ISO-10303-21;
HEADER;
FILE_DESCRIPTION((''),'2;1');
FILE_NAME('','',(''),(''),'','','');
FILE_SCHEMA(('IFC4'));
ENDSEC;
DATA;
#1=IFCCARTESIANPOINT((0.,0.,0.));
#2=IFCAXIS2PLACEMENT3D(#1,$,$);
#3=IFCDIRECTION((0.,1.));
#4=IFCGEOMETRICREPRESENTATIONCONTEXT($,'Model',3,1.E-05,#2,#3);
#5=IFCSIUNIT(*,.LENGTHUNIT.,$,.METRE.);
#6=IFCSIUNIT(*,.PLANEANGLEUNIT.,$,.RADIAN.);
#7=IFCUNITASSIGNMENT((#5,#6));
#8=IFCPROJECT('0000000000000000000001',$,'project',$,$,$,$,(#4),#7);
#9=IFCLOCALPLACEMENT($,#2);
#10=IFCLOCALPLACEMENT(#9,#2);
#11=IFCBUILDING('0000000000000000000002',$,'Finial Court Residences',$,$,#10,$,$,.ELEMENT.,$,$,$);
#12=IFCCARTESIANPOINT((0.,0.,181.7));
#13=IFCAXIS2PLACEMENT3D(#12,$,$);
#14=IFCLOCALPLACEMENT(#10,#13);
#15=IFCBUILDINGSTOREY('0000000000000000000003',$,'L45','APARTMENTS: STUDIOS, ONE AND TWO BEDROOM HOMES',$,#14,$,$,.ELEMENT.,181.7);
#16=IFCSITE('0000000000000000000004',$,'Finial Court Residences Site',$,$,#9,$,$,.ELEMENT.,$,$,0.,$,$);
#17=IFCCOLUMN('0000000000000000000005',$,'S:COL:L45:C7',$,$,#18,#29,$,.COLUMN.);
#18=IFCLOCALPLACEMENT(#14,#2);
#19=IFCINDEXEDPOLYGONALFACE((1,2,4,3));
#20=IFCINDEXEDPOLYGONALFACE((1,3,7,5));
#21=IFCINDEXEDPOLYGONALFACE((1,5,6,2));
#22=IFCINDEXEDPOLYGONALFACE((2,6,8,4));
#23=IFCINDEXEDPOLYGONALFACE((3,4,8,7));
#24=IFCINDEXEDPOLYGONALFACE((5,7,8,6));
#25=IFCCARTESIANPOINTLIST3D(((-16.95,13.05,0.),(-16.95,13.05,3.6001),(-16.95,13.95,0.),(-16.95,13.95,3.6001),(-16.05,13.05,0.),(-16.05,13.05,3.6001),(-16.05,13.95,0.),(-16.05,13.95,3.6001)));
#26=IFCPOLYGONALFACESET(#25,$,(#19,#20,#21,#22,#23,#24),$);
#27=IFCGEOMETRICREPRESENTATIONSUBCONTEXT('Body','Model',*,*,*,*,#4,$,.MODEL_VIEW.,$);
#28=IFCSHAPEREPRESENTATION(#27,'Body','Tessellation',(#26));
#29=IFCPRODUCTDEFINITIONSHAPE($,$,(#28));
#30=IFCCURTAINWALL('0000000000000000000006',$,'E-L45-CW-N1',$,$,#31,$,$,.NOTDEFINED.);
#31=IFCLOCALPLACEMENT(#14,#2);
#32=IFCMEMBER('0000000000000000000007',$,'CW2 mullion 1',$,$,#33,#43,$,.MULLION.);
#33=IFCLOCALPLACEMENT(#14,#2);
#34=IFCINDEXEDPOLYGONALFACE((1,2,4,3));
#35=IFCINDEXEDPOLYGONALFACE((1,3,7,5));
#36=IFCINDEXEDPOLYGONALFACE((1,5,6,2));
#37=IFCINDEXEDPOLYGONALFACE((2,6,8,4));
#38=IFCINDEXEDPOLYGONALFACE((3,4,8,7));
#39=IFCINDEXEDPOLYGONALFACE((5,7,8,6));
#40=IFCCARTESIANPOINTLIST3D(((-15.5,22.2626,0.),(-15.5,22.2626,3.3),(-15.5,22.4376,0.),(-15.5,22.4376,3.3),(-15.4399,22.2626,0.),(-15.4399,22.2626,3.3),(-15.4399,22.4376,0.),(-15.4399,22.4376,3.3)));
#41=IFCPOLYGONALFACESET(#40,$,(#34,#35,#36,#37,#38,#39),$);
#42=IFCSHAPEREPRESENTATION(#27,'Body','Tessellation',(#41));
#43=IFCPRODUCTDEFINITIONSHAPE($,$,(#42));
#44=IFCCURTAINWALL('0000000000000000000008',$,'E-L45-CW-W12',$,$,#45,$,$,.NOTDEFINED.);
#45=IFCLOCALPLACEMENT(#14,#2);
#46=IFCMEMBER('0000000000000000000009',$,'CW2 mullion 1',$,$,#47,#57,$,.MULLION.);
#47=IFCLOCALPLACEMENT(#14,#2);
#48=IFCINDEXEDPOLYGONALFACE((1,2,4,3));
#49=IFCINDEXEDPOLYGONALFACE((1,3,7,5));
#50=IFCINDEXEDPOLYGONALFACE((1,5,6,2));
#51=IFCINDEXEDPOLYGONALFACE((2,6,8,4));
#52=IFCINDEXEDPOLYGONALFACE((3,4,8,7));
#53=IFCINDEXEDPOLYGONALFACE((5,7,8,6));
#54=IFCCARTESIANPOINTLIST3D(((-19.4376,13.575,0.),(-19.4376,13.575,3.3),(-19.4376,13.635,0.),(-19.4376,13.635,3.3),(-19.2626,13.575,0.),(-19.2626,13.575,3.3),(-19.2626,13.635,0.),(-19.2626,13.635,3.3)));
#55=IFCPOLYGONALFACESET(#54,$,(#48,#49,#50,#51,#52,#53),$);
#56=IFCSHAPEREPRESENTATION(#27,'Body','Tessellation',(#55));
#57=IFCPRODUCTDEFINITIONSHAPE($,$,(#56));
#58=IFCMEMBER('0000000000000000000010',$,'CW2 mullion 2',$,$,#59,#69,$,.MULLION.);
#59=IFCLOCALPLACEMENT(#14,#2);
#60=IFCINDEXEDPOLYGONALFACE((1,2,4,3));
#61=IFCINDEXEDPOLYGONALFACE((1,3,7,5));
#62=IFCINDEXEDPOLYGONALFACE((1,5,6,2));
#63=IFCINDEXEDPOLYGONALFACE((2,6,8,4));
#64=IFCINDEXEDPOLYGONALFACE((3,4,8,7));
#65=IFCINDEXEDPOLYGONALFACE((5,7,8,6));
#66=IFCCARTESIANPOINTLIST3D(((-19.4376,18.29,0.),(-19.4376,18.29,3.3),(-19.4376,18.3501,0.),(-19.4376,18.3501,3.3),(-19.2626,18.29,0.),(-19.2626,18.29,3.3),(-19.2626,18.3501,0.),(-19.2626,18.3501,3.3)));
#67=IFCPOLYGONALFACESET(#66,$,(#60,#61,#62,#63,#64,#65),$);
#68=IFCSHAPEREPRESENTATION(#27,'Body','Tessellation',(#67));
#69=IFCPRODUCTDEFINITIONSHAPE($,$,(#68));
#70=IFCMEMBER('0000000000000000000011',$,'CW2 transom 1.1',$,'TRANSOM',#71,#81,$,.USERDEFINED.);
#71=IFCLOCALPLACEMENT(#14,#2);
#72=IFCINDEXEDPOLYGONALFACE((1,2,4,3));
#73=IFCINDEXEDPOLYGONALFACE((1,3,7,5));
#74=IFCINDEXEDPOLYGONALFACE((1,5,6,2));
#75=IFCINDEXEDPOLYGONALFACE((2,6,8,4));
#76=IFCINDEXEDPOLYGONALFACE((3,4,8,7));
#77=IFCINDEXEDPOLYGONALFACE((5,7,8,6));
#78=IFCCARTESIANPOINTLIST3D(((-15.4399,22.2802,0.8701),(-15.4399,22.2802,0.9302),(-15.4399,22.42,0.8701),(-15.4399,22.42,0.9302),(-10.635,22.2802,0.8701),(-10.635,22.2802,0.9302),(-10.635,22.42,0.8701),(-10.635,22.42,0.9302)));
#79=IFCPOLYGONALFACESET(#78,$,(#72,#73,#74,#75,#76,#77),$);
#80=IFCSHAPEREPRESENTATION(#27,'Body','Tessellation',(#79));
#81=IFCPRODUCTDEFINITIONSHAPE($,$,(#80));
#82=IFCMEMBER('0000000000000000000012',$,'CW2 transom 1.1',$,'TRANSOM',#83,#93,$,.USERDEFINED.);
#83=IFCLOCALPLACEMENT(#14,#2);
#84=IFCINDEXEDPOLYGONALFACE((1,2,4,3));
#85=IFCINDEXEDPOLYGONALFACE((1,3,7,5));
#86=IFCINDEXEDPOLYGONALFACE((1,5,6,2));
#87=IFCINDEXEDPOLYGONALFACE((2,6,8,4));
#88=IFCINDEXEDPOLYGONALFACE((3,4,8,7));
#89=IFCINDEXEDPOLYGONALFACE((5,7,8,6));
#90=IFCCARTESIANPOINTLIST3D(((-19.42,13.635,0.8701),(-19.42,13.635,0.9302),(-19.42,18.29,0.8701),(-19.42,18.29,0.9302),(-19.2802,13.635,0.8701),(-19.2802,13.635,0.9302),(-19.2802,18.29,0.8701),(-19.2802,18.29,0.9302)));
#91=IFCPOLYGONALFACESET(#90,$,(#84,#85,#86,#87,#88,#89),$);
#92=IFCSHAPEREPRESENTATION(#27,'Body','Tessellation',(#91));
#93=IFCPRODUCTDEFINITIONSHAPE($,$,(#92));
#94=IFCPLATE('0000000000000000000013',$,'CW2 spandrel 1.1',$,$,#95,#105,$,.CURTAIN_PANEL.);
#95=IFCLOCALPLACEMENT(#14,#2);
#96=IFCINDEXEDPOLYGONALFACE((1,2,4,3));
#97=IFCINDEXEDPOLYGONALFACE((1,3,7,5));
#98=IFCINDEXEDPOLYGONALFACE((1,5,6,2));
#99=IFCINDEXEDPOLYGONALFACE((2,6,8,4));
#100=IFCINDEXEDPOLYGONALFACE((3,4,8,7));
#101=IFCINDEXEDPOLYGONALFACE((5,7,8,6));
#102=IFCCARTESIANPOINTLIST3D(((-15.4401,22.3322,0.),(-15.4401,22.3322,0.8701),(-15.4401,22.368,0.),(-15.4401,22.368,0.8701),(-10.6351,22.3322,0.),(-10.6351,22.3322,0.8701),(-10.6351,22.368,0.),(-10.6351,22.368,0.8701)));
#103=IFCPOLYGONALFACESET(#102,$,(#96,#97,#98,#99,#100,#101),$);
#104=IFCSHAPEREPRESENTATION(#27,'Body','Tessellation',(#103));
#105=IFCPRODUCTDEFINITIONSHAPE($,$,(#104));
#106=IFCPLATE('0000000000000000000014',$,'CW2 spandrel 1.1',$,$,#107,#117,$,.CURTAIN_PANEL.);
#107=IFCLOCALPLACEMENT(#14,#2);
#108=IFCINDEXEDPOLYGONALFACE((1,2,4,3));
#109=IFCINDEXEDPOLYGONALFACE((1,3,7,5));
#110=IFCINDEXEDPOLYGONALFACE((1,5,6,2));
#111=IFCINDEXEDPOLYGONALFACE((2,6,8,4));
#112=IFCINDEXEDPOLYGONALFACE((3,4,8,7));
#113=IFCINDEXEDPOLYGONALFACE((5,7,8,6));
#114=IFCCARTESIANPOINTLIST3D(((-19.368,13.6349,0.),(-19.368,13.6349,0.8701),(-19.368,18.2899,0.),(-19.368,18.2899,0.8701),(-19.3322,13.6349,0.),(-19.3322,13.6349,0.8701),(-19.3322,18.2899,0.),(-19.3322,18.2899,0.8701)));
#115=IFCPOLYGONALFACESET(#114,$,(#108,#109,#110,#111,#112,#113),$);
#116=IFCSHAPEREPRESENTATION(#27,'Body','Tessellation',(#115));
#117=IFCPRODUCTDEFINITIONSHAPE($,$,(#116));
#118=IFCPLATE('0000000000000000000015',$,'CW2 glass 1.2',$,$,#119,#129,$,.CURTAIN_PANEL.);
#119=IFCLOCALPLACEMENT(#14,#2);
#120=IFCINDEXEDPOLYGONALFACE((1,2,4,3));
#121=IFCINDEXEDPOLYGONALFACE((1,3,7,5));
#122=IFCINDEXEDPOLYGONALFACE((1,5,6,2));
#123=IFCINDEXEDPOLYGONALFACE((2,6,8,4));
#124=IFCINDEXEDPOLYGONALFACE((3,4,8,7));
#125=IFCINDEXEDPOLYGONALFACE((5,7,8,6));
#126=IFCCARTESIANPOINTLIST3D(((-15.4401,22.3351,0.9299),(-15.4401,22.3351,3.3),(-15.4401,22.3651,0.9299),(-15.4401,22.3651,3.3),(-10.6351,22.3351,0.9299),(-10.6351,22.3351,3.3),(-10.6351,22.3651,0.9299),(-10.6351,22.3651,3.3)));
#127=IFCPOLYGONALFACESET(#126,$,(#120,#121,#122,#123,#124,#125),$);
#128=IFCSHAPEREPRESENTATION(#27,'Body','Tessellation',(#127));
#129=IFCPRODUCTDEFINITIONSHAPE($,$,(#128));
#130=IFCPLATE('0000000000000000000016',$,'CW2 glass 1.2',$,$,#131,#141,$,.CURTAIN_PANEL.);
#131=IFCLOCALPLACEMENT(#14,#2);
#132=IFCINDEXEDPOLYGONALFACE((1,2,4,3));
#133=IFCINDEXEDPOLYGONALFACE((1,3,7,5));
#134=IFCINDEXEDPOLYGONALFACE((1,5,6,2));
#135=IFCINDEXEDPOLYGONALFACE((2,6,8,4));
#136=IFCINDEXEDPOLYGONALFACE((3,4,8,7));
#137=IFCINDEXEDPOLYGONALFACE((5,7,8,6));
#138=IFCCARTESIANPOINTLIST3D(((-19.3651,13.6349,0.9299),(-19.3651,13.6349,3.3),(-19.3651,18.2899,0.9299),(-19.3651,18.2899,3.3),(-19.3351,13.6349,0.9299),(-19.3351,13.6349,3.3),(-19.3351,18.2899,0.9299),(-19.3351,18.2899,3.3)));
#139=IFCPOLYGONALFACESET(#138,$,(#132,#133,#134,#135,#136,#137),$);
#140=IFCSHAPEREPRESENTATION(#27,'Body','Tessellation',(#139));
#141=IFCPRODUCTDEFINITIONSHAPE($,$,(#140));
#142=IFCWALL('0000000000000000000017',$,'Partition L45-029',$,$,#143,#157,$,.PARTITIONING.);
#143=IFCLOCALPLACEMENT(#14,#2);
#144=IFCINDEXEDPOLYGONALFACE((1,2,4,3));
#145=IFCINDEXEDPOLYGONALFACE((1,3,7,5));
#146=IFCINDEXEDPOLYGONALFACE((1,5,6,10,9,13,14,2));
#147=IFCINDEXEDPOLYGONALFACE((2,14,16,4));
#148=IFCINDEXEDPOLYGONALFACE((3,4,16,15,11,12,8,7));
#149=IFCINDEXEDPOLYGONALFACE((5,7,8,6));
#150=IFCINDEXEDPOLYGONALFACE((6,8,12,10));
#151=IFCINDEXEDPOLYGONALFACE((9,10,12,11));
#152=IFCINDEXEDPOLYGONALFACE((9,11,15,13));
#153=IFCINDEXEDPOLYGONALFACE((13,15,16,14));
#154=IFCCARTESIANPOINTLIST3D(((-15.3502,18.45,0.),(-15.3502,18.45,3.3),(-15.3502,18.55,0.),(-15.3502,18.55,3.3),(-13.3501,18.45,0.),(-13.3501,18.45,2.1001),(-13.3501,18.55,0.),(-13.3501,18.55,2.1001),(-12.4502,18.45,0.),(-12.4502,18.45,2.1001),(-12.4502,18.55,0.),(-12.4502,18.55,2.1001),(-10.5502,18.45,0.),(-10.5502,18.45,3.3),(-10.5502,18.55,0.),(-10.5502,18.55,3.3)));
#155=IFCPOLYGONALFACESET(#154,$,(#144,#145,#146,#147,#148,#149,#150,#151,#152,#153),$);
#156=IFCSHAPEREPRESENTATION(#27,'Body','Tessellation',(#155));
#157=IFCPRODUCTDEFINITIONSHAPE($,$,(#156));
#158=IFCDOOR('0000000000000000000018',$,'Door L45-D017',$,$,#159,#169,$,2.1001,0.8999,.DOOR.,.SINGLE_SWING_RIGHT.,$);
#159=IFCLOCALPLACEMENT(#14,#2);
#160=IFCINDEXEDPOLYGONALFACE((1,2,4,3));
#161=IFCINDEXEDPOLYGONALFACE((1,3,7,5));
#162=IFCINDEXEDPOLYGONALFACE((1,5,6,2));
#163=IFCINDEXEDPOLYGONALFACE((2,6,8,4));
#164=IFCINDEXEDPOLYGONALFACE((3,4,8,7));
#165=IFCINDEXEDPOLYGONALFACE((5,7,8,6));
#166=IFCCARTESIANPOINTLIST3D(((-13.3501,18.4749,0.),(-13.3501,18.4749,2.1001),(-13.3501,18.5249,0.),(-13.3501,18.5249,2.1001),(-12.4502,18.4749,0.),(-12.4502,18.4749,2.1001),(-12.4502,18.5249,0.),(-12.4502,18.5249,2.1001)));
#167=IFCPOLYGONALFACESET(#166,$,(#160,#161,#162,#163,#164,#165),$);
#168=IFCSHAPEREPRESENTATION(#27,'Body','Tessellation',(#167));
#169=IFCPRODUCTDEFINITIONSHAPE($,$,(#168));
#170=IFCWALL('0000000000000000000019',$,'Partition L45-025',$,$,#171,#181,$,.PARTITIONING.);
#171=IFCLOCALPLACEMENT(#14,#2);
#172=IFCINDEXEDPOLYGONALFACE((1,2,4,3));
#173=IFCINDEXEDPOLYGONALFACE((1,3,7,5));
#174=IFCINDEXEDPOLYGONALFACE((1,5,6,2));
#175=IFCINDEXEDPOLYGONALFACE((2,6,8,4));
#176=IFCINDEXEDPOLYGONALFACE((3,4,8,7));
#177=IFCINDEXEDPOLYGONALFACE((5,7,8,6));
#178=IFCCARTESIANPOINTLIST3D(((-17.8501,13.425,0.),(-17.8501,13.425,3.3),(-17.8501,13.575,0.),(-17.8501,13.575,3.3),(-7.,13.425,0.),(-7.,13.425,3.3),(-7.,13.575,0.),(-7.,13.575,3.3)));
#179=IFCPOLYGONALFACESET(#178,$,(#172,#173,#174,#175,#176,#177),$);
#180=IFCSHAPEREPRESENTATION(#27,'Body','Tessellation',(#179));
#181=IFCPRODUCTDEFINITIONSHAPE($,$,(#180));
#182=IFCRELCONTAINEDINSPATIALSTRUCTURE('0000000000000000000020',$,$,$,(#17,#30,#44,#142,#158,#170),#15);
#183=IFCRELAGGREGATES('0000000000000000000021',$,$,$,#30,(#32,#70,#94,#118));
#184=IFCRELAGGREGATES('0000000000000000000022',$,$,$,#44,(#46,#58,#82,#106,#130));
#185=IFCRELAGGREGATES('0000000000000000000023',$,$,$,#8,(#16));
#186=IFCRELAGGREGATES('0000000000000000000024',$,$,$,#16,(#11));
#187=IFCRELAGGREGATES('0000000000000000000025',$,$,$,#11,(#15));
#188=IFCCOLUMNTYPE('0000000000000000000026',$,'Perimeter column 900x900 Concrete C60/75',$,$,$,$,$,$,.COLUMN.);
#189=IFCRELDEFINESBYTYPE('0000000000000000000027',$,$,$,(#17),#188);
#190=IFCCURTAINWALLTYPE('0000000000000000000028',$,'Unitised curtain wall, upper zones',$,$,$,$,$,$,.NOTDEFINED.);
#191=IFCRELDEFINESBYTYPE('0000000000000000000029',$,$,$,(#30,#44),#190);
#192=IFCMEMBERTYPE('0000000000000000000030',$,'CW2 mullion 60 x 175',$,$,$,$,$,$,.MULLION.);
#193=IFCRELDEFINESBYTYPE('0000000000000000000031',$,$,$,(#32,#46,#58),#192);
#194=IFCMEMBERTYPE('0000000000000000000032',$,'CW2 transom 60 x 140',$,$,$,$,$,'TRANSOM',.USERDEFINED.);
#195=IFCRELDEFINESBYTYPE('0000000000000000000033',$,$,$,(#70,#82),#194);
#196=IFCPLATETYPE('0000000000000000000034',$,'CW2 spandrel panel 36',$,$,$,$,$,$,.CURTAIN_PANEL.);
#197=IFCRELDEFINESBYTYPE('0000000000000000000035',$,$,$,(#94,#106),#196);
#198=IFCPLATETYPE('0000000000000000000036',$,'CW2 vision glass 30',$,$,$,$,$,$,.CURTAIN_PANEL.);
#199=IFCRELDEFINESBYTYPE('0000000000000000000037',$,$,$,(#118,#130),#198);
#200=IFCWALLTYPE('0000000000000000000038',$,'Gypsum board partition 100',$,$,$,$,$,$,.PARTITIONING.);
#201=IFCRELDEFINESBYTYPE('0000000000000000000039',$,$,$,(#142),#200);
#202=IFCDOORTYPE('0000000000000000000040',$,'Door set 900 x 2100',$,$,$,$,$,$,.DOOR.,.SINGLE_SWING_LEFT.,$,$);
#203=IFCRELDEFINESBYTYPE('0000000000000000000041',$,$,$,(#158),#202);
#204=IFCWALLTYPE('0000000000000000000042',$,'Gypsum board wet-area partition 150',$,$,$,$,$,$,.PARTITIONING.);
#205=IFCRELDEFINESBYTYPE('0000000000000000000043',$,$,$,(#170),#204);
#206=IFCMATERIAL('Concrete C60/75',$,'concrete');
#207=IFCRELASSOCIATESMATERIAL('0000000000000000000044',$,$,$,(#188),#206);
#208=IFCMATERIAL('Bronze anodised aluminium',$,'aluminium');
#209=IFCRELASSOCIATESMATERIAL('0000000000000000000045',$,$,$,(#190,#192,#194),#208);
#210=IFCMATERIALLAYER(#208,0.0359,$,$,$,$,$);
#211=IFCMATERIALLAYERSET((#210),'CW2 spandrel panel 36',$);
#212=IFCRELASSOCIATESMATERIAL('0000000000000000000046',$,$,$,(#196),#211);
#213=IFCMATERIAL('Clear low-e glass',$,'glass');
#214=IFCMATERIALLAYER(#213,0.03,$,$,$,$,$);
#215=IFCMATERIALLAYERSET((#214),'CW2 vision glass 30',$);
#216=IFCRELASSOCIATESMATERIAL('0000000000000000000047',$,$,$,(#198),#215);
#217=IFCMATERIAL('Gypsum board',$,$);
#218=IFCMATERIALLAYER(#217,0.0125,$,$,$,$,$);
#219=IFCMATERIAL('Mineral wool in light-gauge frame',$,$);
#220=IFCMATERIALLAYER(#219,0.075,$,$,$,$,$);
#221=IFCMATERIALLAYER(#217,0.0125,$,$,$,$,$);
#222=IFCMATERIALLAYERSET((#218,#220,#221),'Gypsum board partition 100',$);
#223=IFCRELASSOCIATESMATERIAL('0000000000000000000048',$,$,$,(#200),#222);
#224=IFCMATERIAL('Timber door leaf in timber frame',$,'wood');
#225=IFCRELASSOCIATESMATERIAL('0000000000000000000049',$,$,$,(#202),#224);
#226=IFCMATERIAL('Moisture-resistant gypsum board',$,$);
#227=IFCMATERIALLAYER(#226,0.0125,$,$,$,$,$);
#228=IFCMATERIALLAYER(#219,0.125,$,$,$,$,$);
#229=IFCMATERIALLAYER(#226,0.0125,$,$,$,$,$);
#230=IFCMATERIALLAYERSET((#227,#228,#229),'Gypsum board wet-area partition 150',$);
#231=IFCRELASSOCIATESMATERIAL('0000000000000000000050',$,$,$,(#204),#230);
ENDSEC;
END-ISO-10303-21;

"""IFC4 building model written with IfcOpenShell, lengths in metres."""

from ifc_helpers import new_model, si_unit, direction, frame, frame_2d, origin, origin_2d, place, context, subcontext, project, spatial, rectangle, extrude, material, layer, layer_set, material_profile, profile_set, type_object, element, fill, aggregate, save


model = new_model("IFC4")

# Units and contexts
model_context = context("Model", 3, precision=1e-05, world=origin(), true_north=direction((0.0, 1.0)))
body_context = subcontext(model_context, "Body", "Model", "MODEL_VIEW")
ifc_project = project(units=[si_unit("LENGTHUNIT", "METRE"), si_unit("PLANEANGLEUNIT", "RADIAN")], contexts=[model_context])

# Site, building, storey
site_placement = place(None, origin())
site = spatial("IfcSite", under=ifc_project, at=site_placement, Name="Finial Court Residences Site", CompositionType="ELEMENT", RefElevation=0.0)
building_placement = place(site_placement, origin())
building = spatial("IfcBuilding", under=site, at=building_placement, Name="Finial Court Residences", CompositionType="ELEMENT")
storey_placement = place(building_placement, frame((0.0, 0.0, 181.7)))
storey = spatial("IfcBuildingStorey", under=building, at=storey_placement, Name="L45", Description="APARTMENTS: STUDIOS, ONE AND TWO BEDROOM HOMES", CompositionType="ELEMENT", Elevation=181.7)

# Column
ifc_material_1 = material(Name="Concrete C60/75", Category="concrete")
ifc_material_profile_1 = material_profile(ifc_material_1, rectangle(XDim=0.8999, YDim=0.8999, at=origin_2d()), Name="900x900")
ifc_profile_set_1 = profile_set([ifc_material_profile_1], Name="Concrete C60/75")
column_type = type_object("IfcColumnType", Name="Perimeter column 900x900 Concrete C60/75", PredefinedType="COLUMN", material=ifc_profile_set_1)
column_placement = place(storey_placement, frame((-16.5, 13.5, 0.0), z_axis=(0.0, 0.0, 1.0), x_axis=(1.0, 0.0, 0.0)))
element("IfcColumn", 1, at=column_placement, inside=storey, type_object=column_type, Name="S:COL:L45:C7", PredefinedType="COLUMN", context=body_context, shape_type="SweptSolid", body=[
    extrude(rectangle(XDim=0.8999, YDim=0.8999, at=origin_2d()), origin(), (0.0, 0.0, 1.0), 3.6001),
])

# Curtain wall, member
ifc_material_2 = material(Name="Bronze anodised aluminium", Category="aluminium")
curtain_wall_type = type_object("IfcCurtainWallType", Name="Unitised curtain wall, upper zones", PredefinedType="NOTDEFINED", material=ifc_material_2)
curtain_wall_1_placement = place(storey_placement, origin())
curtain_wall_1 = element("IfcCurtainWall", 2, at=curtain_wall_1_placement, inside=storey, type_object=curtain_wall_type, Name="E-L45-CW-N1", PredefinedType="NOTDEFINED")
ifc_material_profile_2 = material_profile(ifc_material_2, rectangle(XDim=0.175, YDim=0.0601, at=origin_2d()), Name="CW2 mullion 60 x 175")
ifc_profile_set_2 = profile_set([ifc_material_profile_2], Name="Bronze anodised aluminium")
member_type_1 = type_object("IfcMemberType", Name="CW2 mullion 60 x 175", PredefinedType="MULLION", material=ifc_profile_set_2)
member_1_placement = place(storey_placement, frame((-15.47, 22.3501, 0.0), z_axis=(0.0, 0.0, 1.0), x_axis=(0.0, 1.0, 0.0)))
member_1 = element("IfcMember", 3, at=member_1_placement, type_object=member_type_1, Name="CW2 mullion 1", PredefinedType="MULLION", context=body_context, shape_type="SweptSolid", body=[
    extrude(rectangle(XDim=0.175, YDim=0.0601, at=origin_2d()), origin(), (0.0, 0.0, 1.0), 3.3),
])

# Curtain wall, members
curtain_wall_2_placement = place(storey_placement, origin())
curtain_wall_2 = element("IfcCurtainWall", 4, at=curtain_wall_2_placement, inside=storey, type_object=curtain_wall_type, Name="E-L45-CW-W12", PredefinedType="NOTDEFINED")
member_2_placement = place(storey_placement, frame((-19.3501, 13.605, 0.0), z_axis=(0.0, 0.0, 1.0), x_axis=(-1.0, 0.0, 0.0)))
member_2 = element("IfcMember", 5, at=member_2_placement, type_object=member_type_1, Name="CW2 mullion 1", PredefinedType="MULLION", context=body_context, shape_type="SweptSolid", body=[
    extrude(rectangle(XDim=0.175, YDim=0.0601, at=origin_2d()), origin(), (0.0, 0.0, 1.0), 3.3),
])
member_3_placement = place(storey_placement, frame((-19.3501, 18.3201, 0.0), z_axis=(0.0, 0.0, 1.0), x_axis=(-1.0, 0.0, 0.0)))
member_3 = element("IfcMember", 6, at=member_3_placement, type_object=member_type_1, Name="CW2 mullion 2", PredefinedType="MULLION", context=body_context, shape_type="SweptSolid", body=[
    extrude(rectangle(XDim=0.175, YDim=0.0601, at=origin_2d()), origin(), (0.0, 0.0, 1.0), 3.3),
])

# Members
ifc_material_profile_3 = material_profile(ifc_material_2, rectangle(XDim=0.1399, YDim=0.0601, at=origin_2d()), Name="CW2 transom 60 x 140")
ifc_profile_set_3 = profile_set([ifc_material_profile_3], Name="Bronze anodised aluminium")
member_type_2 = type_object("IfcMemberType", Name="CW2 transom 60 x 140", ElementType="TRANSOM", PredefinedType="USERDEFINED", material=ifc_profile_set_3)
member_4_placement = place(storey_placement, frame((-15.4399, 22.3501, 0.9001), z_axis=(1.0, 0.0, 0.0), x_axis=(0.0, 1.0, 0.0)))
member_4 = element("IfcMember", 7, at=member_4_placement, type_object=member_type_2, Name="CW2 transom 1.1", ObjectType="TRANSOM", PredefinedType="USERDEFINED", context=body_context, shape_type="SweptSolid", body=[
    extrude(rectangle(XDim=0.1399, YDim=0.0601, at=origin_2d()), origin(), (0.0, 0.0, 1.0), 4.8049),
])
member_5_placement = place(storey_placement, frame((-19.3501, 13.635, 0.9001), z_axis=(0.0, 1.0, 0.0), x_axis=(-1.0, 0.0, 0.0)))
member_5 = element("IfcMember", 8, at=member_5_placement, type_object=member_type_2, Name="CW2 transom 1.1", ObjectType="TRANSOM", PredefinedType="USERDEFINED", context=body_context, shape_type="SweptSolid", body=[
    extrude(rectangle(XDim=0.1399, YDim=0.0601, at=origin_2d()), origin(), (0.0, 0.0, 1.0), 4.655),
])

# Plates
ifc_layer_1 = layer(ifc_material_2, 0.0359)
ifc_layer_set_1 = layer_set([ifc_layer_1], Name="CW2 spandrel panel 36")
plate_type_1 = type_object("IfcPlateType", Name="CW2 spandrel panel 36", PredefinedType="CURTAIN_PANEL", material=ifc_layer_set_1)
plate_1_placement = place(storey_placement, frame((-13.0376, 22.3501, 0.0), z_axis=(0.0, 0.0, 1.0), x_axis=(1.0, 0.0, 0.0)))
plate_1 = element("IfcPlate", 9, at=plate_1_placement, type_object=plate_type_1, Name="CW2 spandrel 1.1", PredefinedType="CURTAIN_PANEL", context=body_context, shape_type="SweptSolid", body=[
    extrude(rectangle(XDim=4.8049, YDim=0.0359, at=origin_2d()), origin(), (0.0, 0.0, 1.0), 0.8701),
])
plate_2_placement = place(storey_placement, frame((-19.3501, 15.9624, 0.0), z_axis=(0.0, 0.0, 1.0), x_axis=(0.0, 1.0, 0.0)))
plate_2 = element("IfcPlate", 10, at=plate_2_placement, type_object=plate_type_1, Name="CW2 spandrel 1.1", PredefinedType="CURTAIN_PANEL", context=body_context, shape_type="SweptSolid", body=[
    extrude(rectangle(XDim=4.655, YDim=0.0359, at=origin_2d()), origin(), (0.0, 0.0, 1.0), 0.8701),
])
ifc_material_3 = material(Name="Clear low-e glass", Category="glass")
ifc_layer_2 = layer(ifc_material_3, 0.03)
ifc_layer_set_2 = layer_set([ifc_layer_2], Name="CW2 vision glass 30")
plate_type_2 = type_object("IfcPlateType", Name="CW2 vision glass 30", PredefinedType="CURTAIN_PANEL", material=ifc_layer_set_2)
plate_3_placement = place(storey_placement, frame((-13.0376, 22.3501, 0.9299), z_axis=(0.0, 0.0, 1.0), x_axis=(1.0, 0.0, 0.0)))
plate_3 = element("IfcPlate", 11, at=plate_3_placement, type_object=plate_type_2, Name="CW2 glass 1.2", PredefinedType="CURTAIN_PANEL", context=body_context, shape_type="SweptSolid", body=[
    extrude(rectangle(XDim=4.8049, YDim=0.03, at=origin_2d()), origin(), (0.0, 0.0, 1.0), 2.3701),
])
aggregate(curtain_wall_1, [member_1, member_4, plate_1, plate_3])
plate_4_placement = place(storey_placement, frame((-19.3501, 15.9624, 0.9299), z_axis=(0.0, 0.0, 1.0), x_axis=(0.0, 1.0, 0.0)))
plate_4 = element("IfcPlate", 12, at=plate_4_placement, type_object=plate_type_2, Name="CW2 glass 1.2", PredefinedType="CURTAIN_PANEL", context=body_context, shape_type="SweptSolid", body=[
    extrude(rectangle(XDim=4.655, YDim=0.03, at=origin_2d()), origin(), (0.0, 0.0, 1.0), 2.3701),
])
aggregate(curtain_wall_2, [member_2, member_3, member_5, plate_2, plate_4])

# Wall, opening, door
ifc_material_4 = material(Name="Gypsum board")
ifc_layer_3 = layer(ifc_material_4, 0.0125)
ifc_material_5 = material(Name="Mineral wool in light-gauge frame")
ifc_layer_4 = layer(ifc_material_5, 0.075)
ifc_layer_5 = layer(ifc_material_4, 0.0125)
ifc_layer_set_3 = layer_set([ifc_layer_3, ifc_layer_4, ifc_layer_5], Name="Gypsum board partition 100")
wall_type_1 = type_object("IfcWallType", Name="Gypsum board partition 100", PredefinedType="PARTITIONING", material=ifc_layer_set_3)
wall_1_placement = place(storey_placement, frame((-15.3501, 18.5, 0.0), z_axis=(0.0, 0.0, 1.0), x_axis=(1.0, 0.0, 0.0)))
wall_1 = element("IfcWall", 13, at=wall_1_placement, inside=storey, type_object=wall_type_1, Name="Partition L45-029", PredefinedType="PARTITIONING", context=body_context, shape_type="SweptSolid", body=[
    extrude(rectangle(XDim=4.8, YDim=0.1001, at=frame_2d((2.3999, 0.0))), origin(), (0.0, 0.0, 1.0), 3.3),
])
opening_1_placement = place(wall_1_placement, frame((2.0, 0.0, 0.0)))
opening_1 = element("IfcOpeningElement", 14, at=opening_1_placement, cuts=wall_1, PredefinedType="OPENING", context=body_context, shape_type="SweptSolid", body=[
    extrude(rectangle(XDim=0.8999, YDim=2.1001, at=frame_2d((0.45, 1.05))), frame((0.0, 0.0601, 0.0), z_axis=(0.0, -1.0, 0.0), x_axis=(1.0, 0.0, 0.0)), (0.0, 0.0, 1.0), 0.1201),
])
ifc_material_6 = material(Name="Timber door leaf in timber frame", Category="wood")
door_type = type_object("IfcDoorType", Name="Door set 900 x 2100", OperationType="SINGLE_SWING_LEFT", PredefinedType="DOOR", material=ifc_material_6)
door_placement = place(opening_1_placement, origin())
door = element("IfcDoor", 15, at=door_placement, inside=storey, type_object=door_type, Name="Door L45-D017", OperationType="SINGLE_SWING_RIGHT", OverallHeight=2.1001, OverallWidth=0.8999, PredefinedType="DOOR", context=body_context, shape_type="SweptSolid", body=[
    extrude(rectangle(XDim=0.8999, YDim=2.1001, at=frame_2d((0.45, 1.05))), frame((0.0, 0.0249, 0.0), z_axis=(0.0, -1.0, 0.0), x_axis=(1.0, 0.0, 0.0)), (0.0, 0.0, 1.0), 0.05),
])
fill(opening_1, door)

# Wall
ifc_material_7 = material(Name="Moisture-resistant gypsum board")
ifc_layer_6 = layer(ifc_material_7, 0.0125)
ifc_layer_7 = layer(ifc_material_5, 0.125)
ifc_layer_8 = layer(ifc_material_7, 0.0125)
ifc_layer_set_4 = layer_set([ifc_layer_6, ifc_layer_7, ifc_layer_8], Name="Gypsum board wet-area partition 150")
wall_type_2 = type_object("IfcWallType", Name="Gypsum board wet-area partition 150", PredefinedType="PARTITIONING", material=ifc_layer_set_4)
wall_2_placement = place(storey_placement, frame((-17.8501, 13.5, 0.0), z_axis=(0.0, 0.0, 1.0), x_axis=(1.0, 0.0, 0.0)))
element("IfcWall", 16, at=wall_2_placement, inside=storey, type_object=wall_type_2, Name="Partition L45-025", PredefinedType="PARTITIONING", context=body_context, shape_type="SweptSolid", body=[
    extrude(rectangle(XDim=10.8501, YDim=0.1499, at=frame_2d((5.425, 0.0))), origin(), (0.0, 0.0, 1.0), 3.3),
])

save(model, "model.ifc")
